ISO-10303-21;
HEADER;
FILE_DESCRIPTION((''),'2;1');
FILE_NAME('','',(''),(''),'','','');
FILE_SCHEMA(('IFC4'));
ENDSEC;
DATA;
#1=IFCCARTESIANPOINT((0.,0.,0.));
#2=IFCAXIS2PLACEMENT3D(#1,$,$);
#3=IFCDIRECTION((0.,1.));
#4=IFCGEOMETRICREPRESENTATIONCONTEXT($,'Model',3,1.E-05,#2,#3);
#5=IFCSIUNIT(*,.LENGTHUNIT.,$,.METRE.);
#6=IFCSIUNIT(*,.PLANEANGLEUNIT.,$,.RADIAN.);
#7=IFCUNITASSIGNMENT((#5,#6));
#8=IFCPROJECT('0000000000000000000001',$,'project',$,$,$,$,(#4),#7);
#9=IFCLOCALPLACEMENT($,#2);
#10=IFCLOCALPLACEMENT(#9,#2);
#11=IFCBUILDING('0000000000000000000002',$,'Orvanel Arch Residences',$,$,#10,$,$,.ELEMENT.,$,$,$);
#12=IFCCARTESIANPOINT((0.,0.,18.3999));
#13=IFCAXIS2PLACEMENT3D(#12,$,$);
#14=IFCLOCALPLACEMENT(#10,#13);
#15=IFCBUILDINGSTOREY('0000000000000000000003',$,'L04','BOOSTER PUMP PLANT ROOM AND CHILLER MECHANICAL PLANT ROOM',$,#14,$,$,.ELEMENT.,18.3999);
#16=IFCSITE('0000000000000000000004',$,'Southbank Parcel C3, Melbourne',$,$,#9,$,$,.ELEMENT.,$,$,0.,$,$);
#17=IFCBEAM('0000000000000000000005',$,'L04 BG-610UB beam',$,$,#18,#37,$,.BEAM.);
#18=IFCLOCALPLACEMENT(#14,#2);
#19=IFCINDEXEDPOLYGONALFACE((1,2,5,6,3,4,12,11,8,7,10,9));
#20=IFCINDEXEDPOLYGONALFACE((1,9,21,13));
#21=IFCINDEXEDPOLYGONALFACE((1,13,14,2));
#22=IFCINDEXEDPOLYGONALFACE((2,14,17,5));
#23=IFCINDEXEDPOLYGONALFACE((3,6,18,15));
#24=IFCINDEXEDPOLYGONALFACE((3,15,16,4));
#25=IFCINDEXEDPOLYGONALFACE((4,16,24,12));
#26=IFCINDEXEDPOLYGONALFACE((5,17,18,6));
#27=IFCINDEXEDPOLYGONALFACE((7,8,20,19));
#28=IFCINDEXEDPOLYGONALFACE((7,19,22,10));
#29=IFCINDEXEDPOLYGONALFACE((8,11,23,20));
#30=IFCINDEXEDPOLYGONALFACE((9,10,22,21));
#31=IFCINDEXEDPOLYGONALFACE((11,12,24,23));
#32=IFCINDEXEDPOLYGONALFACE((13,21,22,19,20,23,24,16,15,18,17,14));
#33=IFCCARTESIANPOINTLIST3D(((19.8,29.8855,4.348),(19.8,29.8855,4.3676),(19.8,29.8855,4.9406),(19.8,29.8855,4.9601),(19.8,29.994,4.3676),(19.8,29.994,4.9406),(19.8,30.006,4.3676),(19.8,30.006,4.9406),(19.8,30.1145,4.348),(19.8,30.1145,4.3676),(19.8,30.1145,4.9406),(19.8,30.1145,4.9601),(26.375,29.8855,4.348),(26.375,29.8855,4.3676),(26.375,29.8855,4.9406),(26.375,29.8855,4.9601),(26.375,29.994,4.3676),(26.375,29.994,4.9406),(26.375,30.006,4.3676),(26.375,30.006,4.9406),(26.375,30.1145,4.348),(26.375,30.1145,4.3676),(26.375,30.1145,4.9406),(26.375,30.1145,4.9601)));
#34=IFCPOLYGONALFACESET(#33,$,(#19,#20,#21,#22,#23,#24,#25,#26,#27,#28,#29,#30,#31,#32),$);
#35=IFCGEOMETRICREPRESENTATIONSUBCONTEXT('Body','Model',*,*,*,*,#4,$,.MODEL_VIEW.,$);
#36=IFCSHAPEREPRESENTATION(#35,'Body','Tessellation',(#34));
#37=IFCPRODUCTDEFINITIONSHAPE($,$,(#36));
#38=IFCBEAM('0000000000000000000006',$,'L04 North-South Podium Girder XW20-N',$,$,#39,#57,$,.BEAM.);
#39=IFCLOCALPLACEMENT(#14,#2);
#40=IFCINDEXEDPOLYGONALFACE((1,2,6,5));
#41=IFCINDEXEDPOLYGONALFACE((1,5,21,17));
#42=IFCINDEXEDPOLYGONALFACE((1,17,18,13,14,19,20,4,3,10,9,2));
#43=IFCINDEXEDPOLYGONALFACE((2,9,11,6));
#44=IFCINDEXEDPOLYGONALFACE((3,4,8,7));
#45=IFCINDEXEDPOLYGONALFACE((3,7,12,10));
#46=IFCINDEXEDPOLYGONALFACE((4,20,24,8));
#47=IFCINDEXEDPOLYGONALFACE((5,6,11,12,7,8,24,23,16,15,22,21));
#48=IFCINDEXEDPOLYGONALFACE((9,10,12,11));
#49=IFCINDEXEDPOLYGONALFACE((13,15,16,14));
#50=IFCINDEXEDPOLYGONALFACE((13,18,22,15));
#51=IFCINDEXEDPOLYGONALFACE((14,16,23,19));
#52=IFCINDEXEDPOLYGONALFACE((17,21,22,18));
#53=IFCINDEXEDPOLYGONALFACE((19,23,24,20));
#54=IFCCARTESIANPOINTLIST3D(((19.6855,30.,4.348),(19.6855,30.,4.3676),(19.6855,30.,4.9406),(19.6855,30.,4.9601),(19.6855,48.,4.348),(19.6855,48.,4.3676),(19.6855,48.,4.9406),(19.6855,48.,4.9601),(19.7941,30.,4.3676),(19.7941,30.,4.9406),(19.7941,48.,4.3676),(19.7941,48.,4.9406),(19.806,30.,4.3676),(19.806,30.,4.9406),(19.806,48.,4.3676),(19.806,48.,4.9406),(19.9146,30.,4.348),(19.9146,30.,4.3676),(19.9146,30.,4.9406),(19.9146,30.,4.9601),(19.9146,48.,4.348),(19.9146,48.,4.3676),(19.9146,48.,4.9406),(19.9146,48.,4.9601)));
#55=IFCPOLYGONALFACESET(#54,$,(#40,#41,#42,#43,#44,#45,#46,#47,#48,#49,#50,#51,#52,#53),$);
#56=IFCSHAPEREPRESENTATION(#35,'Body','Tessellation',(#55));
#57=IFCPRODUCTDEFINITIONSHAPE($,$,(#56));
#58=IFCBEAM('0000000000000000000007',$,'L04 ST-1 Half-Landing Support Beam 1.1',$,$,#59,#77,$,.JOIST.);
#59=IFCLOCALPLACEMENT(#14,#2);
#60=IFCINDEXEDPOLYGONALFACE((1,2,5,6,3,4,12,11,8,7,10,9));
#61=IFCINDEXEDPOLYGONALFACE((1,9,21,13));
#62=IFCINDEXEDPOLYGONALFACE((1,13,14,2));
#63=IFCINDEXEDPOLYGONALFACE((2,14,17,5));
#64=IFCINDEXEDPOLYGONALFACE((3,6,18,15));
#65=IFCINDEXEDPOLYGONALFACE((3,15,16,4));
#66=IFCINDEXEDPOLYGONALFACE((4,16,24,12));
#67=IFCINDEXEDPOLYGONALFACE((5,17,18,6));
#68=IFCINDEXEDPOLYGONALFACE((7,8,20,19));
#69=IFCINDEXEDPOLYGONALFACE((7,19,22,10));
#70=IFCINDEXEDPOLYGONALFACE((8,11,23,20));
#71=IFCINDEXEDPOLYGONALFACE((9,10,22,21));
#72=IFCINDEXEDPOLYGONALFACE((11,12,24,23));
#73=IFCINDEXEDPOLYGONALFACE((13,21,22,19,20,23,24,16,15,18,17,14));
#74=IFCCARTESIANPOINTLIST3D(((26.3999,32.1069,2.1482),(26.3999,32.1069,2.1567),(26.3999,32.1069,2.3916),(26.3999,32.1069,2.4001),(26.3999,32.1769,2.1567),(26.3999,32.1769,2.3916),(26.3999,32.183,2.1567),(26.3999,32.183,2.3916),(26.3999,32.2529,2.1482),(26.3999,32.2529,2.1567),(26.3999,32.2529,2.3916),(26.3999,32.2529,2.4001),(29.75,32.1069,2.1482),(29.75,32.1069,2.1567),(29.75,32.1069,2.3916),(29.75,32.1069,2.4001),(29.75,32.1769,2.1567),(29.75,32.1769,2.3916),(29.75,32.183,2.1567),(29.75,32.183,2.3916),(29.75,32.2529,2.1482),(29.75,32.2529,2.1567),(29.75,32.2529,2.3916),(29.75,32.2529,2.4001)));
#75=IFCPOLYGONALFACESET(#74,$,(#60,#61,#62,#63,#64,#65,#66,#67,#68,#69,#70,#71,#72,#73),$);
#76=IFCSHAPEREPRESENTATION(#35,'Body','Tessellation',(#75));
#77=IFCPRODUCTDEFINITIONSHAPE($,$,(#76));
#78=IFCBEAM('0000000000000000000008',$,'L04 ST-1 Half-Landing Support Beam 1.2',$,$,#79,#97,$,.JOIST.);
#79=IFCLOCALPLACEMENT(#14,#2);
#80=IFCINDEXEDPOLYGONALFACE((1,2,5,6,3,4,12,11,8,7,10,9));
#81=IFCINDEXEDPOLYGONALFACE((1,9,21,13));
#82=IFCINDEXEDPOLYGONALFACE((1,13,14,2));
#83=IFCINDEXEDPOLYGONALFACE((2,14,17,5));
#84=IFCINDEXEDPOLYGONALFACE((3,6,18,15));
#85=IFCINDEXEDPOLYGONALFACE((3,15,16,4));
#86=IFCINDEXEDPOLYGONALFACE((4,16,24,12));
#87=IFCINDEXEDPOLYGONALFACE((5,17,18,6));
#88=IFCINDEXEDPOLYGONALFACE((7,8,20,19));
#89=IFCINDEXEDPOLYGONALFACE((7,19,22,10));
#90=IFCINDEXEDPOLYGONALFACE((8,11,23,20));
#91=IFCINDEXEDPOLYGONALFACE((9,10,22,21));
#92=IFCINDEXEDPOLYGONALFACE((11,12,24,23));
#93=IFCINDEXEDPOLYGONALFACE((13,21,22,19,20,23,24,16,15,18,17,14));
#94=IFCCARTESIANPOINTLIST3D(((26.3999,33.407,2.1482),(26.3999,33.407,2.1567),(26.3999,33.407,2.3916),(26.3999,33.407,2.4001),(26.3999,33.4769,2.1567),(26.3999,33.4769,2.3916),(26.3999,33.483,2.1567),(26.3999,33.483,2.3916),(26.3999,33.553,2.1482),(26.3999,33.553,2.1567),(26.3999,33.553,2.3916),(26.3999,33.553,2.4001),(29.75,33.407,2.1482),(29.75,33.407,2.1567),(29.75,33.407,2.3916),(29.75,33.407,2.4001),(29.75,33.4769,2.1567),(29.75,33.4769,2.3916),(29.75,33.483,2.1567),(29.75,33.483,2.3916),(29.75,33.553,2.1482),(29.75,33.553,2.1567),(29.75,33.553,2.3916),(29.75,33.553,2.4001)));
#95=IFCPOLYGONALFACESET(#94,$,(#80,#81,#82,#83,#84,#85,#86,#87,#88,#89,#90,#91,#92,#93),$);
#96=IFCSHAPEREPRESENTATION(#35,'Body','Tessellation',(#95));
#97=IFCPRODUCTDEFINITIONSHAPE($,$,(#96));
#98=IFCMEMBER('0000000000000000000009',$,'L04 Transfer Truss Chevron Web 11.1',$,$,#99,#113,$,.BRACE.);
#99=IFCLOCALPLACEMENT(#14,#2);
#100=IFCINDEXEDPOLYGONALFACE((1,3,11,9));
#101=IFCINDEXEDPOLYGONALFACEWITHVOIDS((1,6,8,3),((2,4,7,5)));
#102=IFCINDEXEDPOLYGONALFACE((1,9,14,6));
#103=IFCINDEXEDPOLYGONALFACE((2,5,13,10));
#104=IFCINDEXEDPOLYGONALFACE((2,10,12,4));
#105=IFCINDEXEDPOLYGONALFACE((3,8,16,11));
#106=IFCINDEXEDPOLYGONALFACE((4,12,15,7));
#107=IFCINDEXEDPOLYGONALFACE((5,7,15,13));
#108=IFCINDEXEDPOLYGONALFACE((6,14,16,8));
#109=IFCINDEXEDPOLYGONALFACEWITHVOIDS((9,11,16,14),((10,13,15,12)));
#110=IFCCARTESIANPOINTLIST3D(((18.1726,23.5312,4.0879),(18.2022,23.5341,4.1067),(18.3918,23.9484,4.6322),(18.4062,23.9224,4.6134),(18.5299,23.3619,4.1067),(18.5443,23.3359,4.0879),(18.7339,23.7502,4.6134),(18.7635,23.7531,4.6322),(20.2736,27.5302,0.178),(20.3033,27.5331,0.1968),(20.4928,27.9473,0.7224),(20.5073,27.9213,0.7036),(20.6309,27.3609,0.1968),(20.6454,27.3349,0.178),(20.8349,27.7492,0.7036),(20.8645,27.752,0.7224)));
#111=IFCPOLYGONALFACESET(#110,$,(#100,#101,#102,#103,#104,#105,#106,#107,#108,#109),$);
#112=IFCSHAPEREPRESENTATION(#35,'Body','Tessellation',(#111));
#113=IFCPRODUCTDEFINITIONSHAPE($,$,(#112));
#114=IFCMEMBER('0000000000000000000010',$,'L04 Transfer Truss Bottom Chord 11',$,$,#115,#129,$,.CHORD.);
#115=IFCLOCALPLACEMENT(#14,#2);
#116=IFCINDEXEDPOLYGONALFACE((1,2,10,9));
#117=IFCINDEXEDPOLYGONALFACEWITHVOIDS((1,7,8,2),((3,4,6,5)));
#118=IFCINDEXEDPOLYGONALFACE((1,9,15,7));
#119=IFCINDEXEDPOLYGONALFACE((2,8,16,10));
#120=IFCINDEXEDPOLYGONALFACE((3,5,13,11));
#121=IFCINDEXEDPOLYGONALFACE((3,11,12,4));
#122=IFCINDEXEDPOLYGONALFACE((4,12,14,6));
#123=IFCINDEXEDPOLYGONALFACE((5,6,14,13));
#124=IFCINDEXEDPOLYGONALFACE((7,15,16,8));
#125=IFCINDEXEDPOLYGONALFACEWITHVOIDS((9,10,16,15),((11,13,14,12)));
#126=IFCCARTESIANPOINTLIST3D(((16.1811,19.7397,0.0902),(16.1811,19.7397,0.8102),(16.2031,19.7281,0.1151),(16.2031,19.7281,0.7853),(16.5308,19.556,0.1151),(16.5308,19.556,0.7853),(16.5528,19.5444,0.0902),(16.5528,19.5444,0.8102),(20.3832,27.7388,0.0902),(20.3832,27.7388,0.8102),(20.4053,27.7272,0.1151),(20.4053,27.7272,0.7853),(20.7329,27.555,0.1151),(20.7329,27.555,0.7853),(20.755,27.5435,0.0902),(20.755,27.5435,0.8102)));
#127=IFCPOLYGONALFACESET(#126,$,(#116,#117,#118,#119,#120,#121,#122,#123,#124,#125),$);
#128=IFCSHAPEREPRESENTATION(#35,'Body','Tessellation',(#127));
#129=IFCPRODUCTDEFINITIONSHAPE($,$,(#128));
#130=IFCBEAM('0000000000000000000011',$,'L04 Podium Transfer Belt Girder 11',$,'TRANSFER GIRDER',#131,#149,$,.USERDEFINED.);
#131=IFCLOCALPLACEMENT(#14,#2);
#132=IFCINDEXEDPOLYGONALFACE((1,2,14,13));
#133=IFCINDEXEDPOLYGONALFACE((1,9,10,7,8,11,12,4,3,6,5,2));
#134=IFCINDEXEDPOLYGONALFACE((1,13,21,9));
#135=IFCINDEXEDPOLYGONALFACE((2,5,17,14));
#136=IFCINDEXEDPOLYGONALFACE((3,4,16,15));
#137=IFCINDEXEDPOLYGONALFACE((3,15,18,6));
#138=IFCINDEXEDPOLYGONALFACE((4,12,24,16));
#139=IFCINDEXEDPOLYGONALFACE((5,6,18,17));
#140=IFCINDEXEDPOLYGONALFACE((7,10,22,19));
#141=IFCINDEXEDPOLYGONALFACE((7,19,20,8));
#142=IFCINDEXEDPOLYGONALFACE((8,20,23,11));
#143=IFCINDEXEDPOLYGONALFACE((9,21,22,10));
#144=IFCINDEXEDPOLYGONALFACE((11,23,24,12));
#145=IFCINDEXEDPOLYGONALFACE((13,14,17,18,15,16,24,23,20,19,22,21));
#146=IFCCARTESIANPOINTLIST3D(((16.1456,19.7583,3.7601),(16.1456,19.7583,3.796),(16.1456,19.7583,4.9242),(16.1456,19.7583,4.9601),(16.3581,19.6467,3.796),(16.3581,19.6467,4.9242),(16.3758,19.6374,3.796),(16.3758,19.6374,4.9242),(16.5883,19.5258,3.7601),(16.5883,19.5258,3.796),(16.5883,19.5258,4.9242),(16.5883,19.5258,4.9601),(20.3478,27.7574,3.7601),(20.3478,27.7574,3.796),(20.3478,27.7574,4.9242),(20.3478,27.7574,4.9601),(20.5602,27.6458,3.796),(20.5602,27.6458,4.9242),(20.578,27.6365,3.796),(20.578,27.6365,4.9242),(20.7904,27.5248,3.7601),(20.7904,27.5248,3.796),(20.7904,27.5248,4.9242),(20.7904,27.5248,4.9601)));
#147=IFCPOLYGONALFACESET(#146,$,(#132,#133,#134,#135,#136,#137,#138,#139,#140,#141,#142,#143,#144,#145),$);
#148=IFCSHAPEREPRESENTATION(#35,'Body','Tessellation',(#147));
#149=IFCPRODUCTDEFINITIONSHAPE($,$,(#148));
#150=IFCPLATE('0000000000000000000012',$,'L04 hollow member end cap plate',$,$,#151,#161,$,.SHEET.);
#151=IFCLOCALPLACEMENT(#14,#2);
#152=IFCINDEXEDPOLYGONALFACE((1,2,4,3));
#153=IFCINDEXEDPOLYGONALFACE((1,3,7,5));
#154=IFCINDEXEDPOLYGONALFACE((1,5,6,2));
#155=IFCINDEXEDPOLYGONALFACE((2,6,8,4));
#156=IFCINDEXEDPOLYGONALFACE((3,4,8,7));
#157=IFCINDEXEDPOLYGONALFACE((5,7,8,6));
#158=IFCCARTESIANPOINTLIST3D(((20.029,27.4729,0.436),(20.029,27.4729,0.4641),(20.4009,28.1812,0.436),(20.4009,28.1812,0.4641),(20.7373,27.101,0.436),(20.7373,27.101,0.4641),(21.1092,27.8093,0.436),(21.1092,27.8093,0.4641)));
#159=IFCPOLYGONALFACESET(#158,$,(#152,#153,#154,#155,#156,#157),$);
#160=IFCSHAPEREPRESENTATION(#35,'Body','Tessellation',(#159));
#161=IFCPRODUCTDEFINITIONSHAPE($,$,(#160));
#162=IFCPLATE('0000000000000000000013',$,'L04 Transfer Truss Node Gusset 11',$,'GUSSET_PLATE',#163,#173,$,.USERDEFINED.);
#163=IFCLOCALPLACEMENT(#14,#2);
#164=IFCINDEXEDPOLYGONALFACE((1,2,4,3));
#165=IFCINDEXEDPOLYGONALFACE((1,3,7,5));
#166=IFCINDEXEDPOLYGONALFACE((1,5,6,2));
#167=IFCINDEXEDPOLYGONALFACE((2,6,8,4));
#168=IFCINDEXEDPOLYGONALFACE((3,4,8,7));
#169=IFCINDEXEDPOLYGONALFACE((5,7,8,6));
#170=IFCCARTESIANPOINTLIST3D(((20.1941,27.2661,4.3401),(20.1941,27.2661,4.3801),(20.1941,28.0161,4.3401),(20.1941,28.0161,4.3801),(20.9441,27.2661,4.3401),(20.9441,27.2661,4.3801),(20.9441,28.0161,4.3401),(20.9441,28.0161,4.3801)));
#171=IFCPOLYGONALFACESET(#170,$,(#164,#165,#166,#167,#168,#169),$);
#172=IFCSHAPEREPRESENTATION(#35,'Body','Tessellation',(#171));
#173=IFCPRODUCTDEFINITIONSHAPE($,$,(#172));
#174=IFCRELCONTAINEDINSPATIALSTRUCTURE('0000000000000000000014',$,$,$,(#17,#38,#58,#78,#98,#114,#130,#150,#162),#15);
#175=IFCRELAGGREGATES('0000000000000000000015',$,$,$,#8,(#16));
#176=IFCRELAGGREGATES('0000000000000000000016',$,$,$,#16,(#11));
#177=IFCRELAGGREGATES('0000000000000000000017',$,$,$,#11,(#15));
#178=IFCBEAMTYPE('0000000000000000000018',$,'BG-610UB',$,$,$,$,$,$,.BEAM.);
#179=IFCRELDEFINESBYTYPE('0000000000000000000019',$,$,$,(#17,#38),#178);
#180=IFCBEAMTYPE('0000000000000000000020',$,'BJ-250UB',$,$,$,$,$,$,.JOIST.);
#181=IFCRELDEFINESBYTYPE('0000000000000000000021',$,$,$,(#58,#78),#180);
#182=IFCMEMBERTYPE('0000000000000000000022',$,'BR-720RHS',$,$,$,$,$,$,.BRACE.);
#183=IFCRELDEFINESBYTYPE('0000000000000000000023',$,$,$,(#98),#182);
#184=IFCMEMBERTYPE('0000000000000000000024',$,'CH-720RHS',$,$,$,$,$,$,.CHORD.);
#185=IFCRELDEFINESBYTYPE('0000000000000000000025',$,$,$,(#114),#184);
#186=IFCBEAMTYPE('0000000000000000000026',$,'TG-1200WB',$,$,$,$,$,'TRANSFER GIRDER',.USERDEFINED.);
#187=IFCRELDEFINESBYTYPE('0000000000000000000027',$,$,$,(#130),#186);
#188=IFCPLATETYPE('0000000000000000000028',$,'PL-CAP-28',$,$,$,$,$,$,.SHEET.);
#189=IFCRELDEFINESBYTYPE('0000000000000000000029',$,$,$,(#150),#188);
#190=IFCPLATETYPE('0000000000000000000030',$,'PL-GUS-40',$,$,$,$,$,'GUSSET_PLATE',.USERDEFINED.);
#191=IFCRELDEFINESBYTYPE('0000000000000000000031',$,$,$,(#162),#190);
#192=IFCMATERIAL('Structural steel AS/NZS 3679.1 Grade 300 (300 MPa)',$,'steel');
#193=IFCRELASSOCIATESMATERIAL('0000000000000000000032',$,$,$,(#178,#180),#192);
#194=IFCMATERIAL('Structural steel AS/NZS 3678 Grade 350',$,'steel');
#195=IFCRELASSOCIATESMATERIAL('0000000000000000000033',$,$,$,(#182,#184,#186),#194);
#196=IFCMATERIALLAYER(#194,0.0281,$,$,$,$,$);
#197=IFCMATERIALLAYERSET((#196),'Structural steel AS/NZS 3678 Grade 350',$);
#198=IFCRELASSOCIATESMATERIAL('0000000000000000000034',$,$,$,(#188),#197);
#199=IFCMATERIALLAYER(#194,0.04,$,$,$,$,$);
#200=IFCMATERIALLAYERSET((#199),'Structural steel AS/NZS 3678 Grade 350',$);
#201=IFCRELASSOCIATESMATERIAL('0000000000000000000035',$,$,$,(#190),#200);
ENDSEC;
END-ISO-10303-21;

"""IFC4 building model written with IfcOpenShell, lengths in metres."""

from ifc_helpers import new_model, si_unit, direction, frame, origin, origin_2d, place, context, subcontext, project, spatial, rectangle, hollow_rectangle, i_section, extrude, material, layer, layer_set, material_profile, profile_set, type_object, element, save


model = new_model("IFC4")

# Units and contexts
model_context = context("Model", 3, precision=1e-05, world=origin(), true_north=direction((0.0, 1.0)))
body_context = subcontext(model_context, "Body", "Model", "MODEL_VIEW")
ifc_project = project(units=[si_unit("LENGTHUNIT", "METRE"), si_unit("PLANEANGLEUNIT", "RADIAN")], contexts=[model_context])

# Site, building, storey
site_placement = place(None, origin())
site = spatial("IfcSite", under=ifc_project, at=site_placement, Name="Southbank Parcel C3, Melbourne", CompositionType="ELEMENT", RefElevation=0.0)
building_placement = place(site_placement, origin())
building = spatial("IfcBuilding", under=site, at=building_placement, Name="Orvanel Arch Residences", CompositionType="ELEMENT")
storey_placement = place(building_placement, frame((0.0, 0.0, 18.3999)))
storey = spatial("IfcBuildingStorey", under=building, at=storey_placement, Name="L04", Description="BOOSTER PUMP PLANT ROOM AND CHILLER MECHANICAL PLANT ROOM", CompositionType="ELEMENT", Elevation=18.3999)

# Shared definitions
ifc_material_1 = material(Name="Structural steel AS/NZS 3679.1 Grade 300 (300 MPa)", Category="steel")

# Beams
ifc_material_profile_1 = material_profile(ifc_material_1, i_section(OverallWidth=0.229, OverallDepth=0.6121, WebThickness=0.012, FlangeThickness=0.0195, at=origin_2d()), Name="610UB125")
ifc_profile_set_1 = profile_set([ifc_material_profile_1], Name="Structural steel AS/NZS 3679.1 Grade 300 (300 MPa)")
beam_type_1 = type_object("IfcBeamType", Name="BG-610UB", PredefinedType="BEAM", material=ifc_profile_set_1)
beam_1_placement = place(storey_placement, frame((19.8, 30.0, 4.6541), z_axis=(1.0, 0.0, 0.0), x_axis=(0.0, 1.0, 0.0)))
element("IfcBeam", 1, at=beam_1_placement, inside=storey, type_object=beam_type_1, Name="L04 BG-610UB beam", PredefinedType="BEAM", context=body_context, shape_type="SweptSolid", body=[
    extrude(i_section(OverallWidth=0.229, OverallDepth=0.6121, WebThickness=0.012, FlangeThickness=0.0195, at=origin_2d()), origin(), (0.0, 0.0, 1.0), 6.575),
])
beam_2_placement = place(storey_placement, frame((19.8, 30.0, 4.6541), z_axis=(0.0, 1.0, 0.0), x_axis=(-1.0, 0.0, 0.0)))
element("IfcBeam", 2, at=beam_2_placement, inside=storey, type_object=beam_type_1, Name="L04 North-South Podium Girder XW20-N", PredefinedType="BEAM", context=body_context, shape_type="SweptSolid", body=[
    extrude(i_section(OverallWidth=0.229, OverallDepth=0.6121, WebThickness=0.012, FlangeThickness=0.0195, at=origin_2d()), origin(), (0.0, 0.0, 1.0), 18.0),
])
ifc_material_profile_2 = material_profile(ifc_material_1, i_section(OverallWidth=0.146, OverallDepth=0.252, WebThickness=0.0061, FlangeThickness=0.0085, at=origin_2d()), Name="250UB31.4")
ifc_profile_set_2 = profile_set([ifc_material_profile_2], Name="Structural steel AS/NZS 3679.1 Grade 300 (300 MPa)")
beam_type_2 = type_object("IfcBeamType", Name="BJ-250UB", PredefinedType="JOIST", material=ifc_profile_set_2)
for number, where, z_axis, x_axis, name in (
    (3, (26.3999, 32.1799, 2.2742), (1.0, 0.0, 0.0), (0.0, 1.0, 0.0), "L04 ST-1 Half-Landing Support Beam 1.1"),
    (4, (26.3999, 33.48, 2.2742), (1.0, 0.0, 0.0), (0.0, 1.0, 0.0), "L04 ST-1 Half-Landing Support Beam 1.2"),
):
    element("IfcBeam", number, at=place(storey_placement, frame(where, z_axis=z_axis, x_axis=x_axis)), inside=storey, type_object=beam_type_2, Name=name, PredefinedType="JOIST", context=body_context, shape_type="SweptSolid", body=[
        extrude(i_section(OverallWidth=0.146, OverallDepth=0.252, WebThickness=0.0061, FlangeThickness=0.0085, at=origin_2d()), origin(), (0.0, 0.0, 1.0), 3.3501),
    ])

# Members
ifc_material_2 = material(Name="Structural steel AS/NZS 3678 Grade 350", Category="steel")
ifc_material_profile_3 = material_profile(ifc_material_2, hollow_rectangle(XDim=0.4199, YDim=0.72, WallThickness=0.0249, at=origin_2d()), Name="RHS720x420x25")
ifc_profile_set_3 = profile_set([ifc_material_profile_3], Name="Structural steel AS/NZS 3678 Grade 350")
member_type_1 = type_object("IfcMemberType", Name="BR-720RHS", PredefinedType="BRACE", material=ifc_profile_set_3)
member_1_placement = place(storey_placement, frame((20.5691, 27.6411, 0.4502), z_axis=(-0.351676, -0.669354, 0.654438), x_axis=(0.885253, -0.465109, 0.0)))
element("IfcMember", 5, at=member_1_placement, inside=storey, type_object=member_type_1, Name="L04 Transfer Truss Chevron Web 11.1", PredefinedType="BRACE", context=body_context, shape_type="SweptSolid", body=[
    extrude(hollow_rectangle(XDim=0.4199, YDim=0.72, WallThickness=0.0249, at=origin_2d()), origin(), (0.0, 0.0, 1.0), 5.9744),
])
ifc_material_profile_4 = material_profile(ifc_material_2, hollow_rectangle(XDim=0.4199, YDim=0.72, WallThickness=0.0249, at=origin_2d()), Name="RHS720x420x25")
ifc_profile_set_4 = profile_set([ifc_material_profile_4], Name="Structural steel AS/NZS 3678 Grade 350")
member_type_2 = type_object("IfcMemberType", Name="CH-720RHS", PredefinedType="CHORD", material=ifc_profile_set_4)
member_2_placement = place(storey_placement, frame((20.5691, 27.6411, 0.4502), z_axis=(-0.465065, -0.885277, 0.0), x_axis=(0.885277, -0.465065, 0.0)))
element("IfcMember", 6, at=member_2_placement, inside=storey, type_object=member_type_2, Name="L04 Transfer Truss Bottom Chord 11", PredefinedType="CHORD", context=body_context, shape_type="SweptSolid", body=[
    extrude(hollow_rectangle(XDim=0.4199, YDim=0.72, WallThickness=0.0249, at=origin_2d()), origin(), (0.0, 0.0, 1.0), 9.0356),
])

# Beam
ifc_material_profile_5 = material_profile(ifc_material_2, i_section(OverallWidth=0.5, OverallDepth=1.2, WebThickness=0.02, FlangeThickness=0.0359, at=origin_2d()), Name="1200WB455")
ifc_profile_set_5 = profile_set([ifc_material_profile_5], Name="Structural steel AS/NZS 3678 Grade 350")
beam_type_3 = type_object("IfcBeamType", Name="TG-1200WB", ElementType="TRANSFER GIRDER", PredefinedType="USERDEFINED", material=ifc_profile_set_5)
beam_3_placement = place(storey_placement, frame((20.5691, 27.6411, 4.3601), z_axis=(-0.465065, -0.885277, 0.0), x_axis=(0.885277, -0.465065, 0.0)))
element("IfcBeam", 7, at=beam_3_placement, inside=storey, type_object=beam_type_3, Name="L04 Podium Transfer Belt Girder 11", ObjectType="TRANSFER GIRDER", PredefinedType="USERDEFINED", context=body_context, shape_type="SweptSolid", body=[
    extrude(i_section(OverallWidth=0.5, OverallDepth=1.2, WebThickness=0.02, FlangeThickness=0.0359, at=origin_2d()), origin(), (0.0, 0.0, 1.0), 9.0356),
])

# Plates
ifc_layer_1 = layer(ifc_material_2, 0.0281)
ifc_layer_set_1 = layer_set([ifc_layer_1], Name="Structural steel AS/NZS 3678 Grade 350")
plate_type_1 = type_object("IfcPlateType", Name="PL-CAP-28", PredefinedType="SHEET", material=ifc_layer_set_1)
plate_1_placement = place(storey_placement, frame((20.5691, 27.6411, 0.436), z_axis=(0.0, 0.0, 1.0), x_axis=(0.464842, 0.885394, 0.0)))
element("IfcPlate", 8, at=plate_1_placement, inside=storey, type_object=plate_type_1, Name="L04 hollow member end cap plate", PredefinedType="SHEET", context=body_context, shape_type="SweptSolid", body=[
    extrude(rectangle(XDim=0.8, YDim=0.8, at=origin_2d()), origin(), (0.0, 0.0, 1.0), 0.0281),
])
ifc_layer_2 = layer(ifc_material_2, 0.04)
ifc_layer_set_2 = layer_set([ifc_layer_2], Name="Structural steel AS/NZS 3678 Grade 350")
plate_type_2 = type_object("IfcPlateType", Name="PL-GUS-40", ElementType="GUSSET_PLATE", PredefinedType="USERDEFINED", material=ifc_layer_set_2)
plate_2_placement = place(storey_placement, frame((20.5691, 27.6411, 4.3401), z_axis=(0.0, 0.0, 1.0), x_axis=(1.0, 0.0, 0.0)))
element("IfcPlate", 9, at=plate_2_placement, inside=storey, type_object=plate_type_2, Name="L04 Transfer Truss Node Gusset 11", ObjectType="GUSSET_PLATE", PredefinedType="USERDEFINED", context=body_context, shape_type="SweptSolid", body=[
    extrude(rectangle(XDim=0.75, YDim=0.75, at=origin_2d()), origin(), (0.0, 0.0, 1.0), 0.04),
])

save(model, "model.ifc")
